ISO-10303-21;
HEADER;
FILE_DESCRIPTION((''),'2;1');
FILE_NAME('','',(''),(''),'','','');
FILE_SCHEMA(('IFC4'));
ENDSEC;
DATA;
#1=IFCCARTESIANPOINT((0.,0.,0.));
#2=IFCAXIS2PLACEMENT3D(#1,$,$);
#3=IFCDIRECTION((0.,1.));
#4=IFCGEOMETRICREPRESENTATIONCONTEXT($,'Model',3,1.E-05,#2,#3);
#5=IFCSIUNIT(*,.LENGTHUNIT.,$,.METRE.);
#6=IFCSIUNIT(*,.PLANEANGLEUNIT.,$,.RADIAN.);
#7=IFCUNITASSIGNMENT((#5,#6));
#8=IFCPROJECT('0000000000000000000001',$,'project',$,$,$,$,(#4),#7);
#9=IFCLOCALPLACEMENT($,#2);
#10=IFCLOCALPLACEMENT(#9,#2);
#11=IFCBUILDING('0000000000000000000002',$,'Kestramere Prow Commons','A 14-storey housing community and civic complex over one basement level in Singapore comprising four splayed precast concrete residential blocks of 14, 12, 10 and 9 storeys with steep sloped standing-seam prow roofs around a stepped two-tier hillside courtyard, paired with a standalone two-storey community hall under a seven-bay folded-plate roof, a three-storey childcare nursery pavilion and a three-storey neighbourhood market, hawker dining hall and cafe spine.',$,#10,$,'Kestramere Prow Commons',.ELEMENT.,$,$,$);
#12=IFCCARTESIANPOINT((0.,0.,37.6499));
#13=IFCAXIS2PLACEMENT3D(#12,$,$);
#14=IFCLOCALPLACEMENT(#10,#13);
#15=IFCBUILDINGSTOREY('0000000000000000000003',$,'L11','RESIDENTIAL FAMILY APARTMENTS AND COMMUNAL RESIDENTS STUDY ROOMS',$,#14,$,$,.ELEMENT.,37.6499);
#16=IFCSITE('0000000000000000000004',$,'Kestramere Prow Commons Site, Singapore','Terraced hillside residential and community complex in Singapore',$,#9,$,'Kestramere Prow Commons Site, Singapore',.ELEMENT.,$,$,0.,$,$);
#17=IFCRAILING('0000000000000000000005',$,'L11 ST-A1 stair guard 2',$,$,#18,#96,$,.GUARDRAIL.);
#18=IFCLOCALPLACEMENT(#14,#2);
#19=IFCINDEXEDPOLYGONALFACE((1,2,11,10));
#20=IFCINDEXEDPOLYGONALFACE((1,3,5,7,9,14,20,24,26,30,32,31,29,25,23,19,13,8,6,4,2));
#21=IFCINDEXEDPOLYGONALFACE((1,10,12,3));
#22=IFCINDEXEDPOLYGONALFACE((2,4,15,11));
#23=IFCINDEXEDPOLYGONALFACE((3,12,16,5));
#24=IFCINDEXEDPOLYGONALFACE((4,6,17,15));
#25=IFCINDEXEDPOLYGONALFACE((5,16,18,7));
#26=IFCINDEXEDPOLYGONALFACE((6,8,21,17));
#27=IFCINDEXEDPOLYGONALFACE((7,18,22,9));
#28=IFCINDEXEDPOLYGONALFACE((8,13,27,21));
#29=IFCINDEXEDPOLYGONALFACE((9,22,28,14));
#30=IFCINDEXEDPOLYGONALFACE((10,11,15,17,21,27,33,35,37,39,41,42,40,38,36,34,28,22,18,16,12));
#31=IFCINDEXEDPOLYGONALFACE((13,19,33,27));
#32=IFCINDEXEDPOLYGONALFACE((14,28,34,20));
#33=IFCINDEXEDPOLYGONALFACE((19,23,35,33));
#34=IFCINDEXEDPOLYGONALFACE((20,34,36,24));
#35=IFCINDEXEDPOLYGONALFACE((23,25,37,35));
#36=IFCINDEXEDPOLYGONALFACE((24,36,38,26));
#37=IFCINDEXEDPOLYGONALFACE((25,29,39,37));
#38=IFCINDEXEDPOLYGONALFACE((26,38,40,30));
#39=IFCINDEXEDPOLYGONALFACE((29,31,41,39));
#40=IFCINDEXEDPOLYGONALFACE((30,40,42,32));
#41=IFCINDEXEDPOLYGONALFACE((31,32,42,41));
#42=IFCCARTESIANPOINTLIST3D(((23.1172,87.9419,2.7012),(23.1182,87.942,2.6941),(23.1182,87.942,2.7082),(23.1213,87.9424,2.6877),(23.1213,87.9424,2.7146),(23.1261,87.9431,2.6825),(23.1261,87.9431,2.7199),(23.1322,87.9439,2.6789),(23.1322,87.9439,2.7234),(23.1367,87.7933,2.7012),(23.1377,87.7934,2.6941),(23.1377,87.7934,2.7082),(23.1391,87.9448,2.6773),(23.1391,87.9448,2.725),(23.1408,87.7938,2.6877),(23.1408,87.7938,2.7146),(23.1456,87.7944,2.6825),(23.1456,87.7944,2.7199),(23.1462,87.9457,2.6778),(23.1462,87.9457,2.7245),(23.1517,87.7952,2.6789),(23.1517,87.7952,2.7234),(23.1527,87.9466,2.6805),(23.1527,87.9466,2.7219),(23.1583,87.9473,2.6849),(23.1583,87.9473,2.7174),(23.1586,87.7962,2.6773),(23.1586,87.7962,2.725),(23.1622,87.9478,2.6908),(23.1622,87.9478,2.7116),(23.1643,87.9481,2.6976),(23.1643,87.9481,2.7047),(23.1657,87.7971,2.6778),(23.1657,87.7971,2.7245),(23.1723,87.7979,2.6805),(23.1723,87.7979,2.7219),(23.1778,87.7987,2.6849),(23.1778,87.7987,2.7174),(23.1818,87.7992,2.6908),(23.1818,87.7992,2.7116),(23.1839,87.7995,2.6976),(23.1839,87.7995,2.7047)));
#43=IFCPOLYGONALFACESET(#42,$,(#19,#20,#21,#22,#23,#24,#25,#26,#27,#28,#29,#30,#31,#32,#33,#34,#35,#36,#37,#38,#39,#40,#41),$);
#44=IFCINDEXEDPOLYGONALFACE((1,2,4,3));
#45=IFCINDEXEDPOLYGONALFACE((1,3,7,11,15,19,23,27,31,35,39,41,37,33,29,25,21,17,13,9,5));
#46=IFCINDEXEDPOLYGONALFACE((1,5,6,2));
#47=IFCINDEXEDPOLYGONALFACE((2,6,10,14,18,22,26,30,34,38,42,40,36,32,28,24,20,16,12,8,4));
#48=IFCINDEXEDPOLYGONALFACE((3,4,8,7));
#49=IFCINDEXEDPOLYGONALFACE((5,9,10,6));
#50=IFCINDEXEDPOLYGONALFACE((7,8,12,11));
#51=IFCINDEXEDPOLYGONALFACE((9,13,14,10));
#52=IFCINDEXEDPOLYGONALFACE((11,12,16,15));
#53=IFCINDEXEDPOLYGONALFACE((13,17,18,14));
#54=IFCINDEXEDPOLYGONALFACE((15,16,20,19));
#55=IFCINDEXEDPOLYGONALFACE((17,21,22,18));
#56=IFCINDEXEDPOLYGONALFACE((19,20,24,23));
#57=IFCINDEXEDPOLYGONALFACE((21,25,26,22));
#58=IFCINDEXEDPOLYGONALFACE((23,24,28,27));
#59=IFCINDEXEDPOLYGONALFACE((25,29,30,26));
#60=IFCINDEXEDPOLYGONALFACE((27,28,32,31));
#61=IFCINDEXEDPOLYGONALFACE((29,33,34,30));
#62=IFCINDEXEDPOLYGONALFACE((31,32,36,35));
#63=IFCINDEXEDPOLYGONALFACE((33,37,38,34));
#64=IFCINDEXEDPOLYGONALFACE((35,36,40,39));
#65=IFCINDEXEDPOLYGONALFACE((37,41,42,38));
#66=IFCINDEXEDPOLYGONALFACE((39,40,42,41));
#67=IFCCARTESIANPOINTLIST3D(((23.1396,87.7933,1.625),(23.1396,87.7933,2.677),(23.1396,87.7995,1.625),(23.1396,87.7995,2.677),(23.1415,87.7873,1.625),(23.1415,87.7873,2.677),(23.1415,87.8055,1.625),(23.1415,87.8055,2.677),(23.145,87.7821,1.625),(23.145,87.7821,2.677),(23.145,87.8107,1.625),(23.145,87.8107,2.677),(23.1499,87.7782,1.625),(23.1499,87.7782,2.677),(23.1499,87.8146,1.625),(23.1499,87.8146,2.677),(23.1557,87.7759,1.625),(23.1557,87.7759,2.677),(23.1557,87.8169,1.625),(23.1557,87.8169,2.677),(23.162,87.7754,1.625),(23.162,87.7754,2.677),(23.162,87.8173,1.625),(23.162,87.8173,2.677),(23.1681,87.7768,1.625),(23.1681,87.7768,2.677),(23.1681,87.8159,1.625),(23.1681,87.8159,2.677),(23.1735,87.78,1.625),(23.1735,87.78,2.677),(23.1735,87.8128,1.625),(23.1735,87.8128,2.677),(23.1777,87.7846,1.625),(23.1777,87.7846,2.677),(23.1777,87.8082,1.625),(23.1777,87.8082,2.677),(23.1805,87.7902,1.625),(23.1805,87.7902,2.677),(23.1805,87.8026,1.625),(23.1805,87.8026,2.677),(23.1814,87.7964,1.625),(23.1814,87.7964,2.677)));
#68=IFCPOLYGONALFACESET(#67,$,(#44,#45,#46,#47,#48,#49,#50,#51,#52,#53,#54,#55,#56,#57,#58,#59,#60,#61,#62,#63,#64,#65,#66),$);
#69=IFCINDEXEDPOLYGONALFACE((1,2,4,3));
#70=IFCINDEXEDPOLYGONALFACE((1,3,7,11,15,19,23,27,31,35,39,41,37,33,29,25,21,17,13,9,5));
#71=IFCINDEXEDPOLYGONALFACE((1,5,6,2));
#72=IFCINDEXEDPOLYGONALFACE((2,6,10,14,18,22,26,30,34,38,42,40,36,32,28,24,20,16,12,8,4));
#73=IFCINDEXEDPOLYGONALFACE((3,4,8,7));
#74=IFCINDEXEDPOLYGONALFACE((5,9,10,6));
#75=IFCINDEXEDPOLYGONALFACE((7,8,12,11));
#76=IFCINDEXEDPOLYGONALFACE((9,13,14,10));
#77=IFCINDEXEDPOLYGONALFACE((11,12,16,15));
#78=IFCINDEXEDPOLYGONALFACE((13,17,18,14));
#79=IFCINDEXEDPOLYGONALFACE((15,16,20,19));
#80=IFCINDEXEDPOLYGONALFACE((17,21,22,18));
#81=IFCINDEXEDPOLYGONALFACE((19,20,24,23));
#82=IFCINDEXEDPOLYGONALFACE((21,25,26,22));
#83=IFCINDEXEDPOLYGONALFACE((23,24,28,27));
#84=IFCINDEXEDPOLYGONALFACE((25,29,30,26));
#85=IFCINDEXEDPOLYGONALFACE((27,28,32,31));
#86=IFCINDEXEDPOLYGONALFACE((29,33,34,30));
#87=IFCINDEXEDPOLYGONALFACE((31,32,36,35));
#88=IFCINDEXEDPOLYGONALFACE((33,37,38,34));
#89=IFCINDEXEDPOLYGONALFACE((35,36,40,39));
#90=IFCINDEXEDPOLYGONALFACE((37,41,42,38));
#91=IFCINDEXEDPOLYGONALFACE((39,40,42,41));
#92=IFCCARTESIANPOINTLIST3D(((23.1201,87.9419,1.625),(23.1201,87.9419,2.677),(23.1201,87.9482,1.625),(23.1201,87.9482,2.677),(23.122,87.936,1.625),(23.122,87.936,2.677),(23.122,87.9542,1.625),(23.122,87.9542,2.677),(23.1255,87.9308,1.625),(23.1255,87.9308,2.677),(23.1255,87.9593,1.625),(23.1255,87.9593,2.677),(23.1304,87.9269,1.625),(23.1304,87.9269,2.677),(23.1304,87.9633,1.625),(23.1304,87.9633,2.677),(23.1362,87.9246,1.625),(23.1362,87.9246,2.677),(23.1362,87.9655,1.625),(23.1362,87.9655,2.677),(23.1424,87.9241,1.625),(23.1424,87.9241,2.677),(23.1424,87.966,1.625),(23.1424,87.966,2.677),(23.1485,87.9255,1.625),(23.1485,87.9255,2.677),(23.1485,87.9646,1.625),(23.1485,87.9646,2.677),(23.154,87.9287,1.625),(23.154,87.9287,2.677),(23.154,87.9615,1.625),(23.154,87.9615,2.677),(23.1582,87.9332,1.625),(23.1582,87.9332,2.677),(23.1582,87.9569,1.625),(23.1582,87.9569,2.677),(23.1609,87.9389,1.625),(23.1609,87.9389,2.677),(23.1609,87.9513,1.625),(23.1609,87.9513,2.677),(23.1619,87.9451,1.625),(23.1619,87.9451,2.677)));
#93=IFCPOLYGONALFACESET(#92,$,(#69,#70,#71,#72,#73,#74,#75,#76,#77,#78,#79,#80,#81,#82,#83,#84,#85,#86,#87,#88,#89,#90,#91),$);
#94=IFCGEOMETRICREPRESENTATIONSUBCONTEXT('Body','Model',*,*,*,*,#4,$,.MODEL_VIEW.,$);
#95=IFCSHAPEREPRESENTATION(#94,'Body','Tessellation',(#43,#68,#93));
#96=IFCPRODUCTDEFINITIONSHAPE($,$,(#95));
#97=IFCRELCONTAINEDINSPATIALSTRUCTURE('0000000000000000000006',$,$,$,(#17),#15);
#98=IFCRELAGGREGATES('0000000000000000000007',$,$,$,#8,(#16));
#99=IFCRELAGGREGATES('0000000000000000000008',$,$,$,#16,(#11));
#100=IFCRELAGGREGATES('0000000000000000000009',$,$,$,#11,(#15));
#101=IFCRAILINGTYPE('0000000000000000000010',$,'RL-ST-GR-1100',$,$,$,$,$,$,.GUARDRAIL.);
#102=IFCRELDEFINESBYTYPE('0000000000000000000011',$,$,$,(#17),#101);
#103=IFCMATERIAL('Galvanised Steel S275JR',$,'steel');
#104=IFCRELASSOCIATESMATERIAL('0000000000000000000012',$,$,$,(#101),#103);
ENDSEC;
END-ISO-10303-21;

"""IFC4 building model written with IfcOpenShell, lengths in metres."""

from ifc_helpers import new_model, si_unit, direction, frame, origin, origin_2d, place, context, subcontext, project, spatial, circle, extrude, material, type_object, element, save


model = new_model("IFC4")

# Units and contexts
model_context = context("Model", 3, precision=1e-05, world=origin(), true_north=direction((0.0, 1.0)))
body_context = subcontext(model_context, "Body", "Model", "MODEL_VIEW")
ifc_project = project(units=[si_unit("LENGTHUNIT", "METRE"), si_unit("PLANEANGLEUNIT", "RADIAN")], contexts=[model_context])

# Site, building, storey
site_placement = place(None, origin())
site = spatial("IfcSite", under=ifc_project, at=site_placement, Name="Kestramere Prow Commons Site, Singapore", Description="Terraced hillside residential and community complex in Singapore", LongName="Kestramere Prow Commons Site, Singapore", CompositionType="ELEMENT", RefElevation=0.0)
building_placement = place(site_placement, origin())
building = spatial("IfcBuilding", under=site, at=building_placement, Name="Kestramere Prow Commons", Description="A 14-storey housing community and civic complex over one basement level in Singapore comprising four splayed precast concrete residential blocks of 14, 12, 10 and 9 storeys with steep sloped standing-seam prow roofs around a stepped two-tier hillside courtyard, paired with a standalone two-storey community hall under a seven-bay folded-plate roof, a three-storey childcare nursery pavilion and a three-storey neighbourhood market, hawker dining hall and cafe spine.", LongName="Kestramere Prow Commons", CompositionType="ELEMENT")
storey_placement = place(building_placement, frame((0.0, 0.0, 37.6499)))
storey = spatial("IfcBuildingStorey", under=building, at=storey_placement, Name="L11", Description="RESIDENTIAL FAMILY APARTMENTS AND COMMUNAL RESIDENTS STUDY ROOMS", CompositionType="ELEMENT", Elevation=37.6499)

# Railing
ifc_material_1 = material(Name="Galvanised Steel S275JR", Category="steel")
railing_type_1 = type_object("IfcRailingType", Name="RL-ST-GR-1100", PredefinedType="GUARDRAIL", material=ifc_material_1)
railing_1_placement = place(storey_placement, frame((23.1604, 87.7964, 1.625)))
element("IfcRailing", 1, at=railing_1_placement, inside=storey, type_object=railing_type_1, Name="L11 ST-A1 stair guard 2", PredefinedType="GUARDRAIL", context=body_context, shape_type="SweptSolid", body=[
    extrude(circle(Radius=0.0239, at=origin_2d()), frame((0.0, 0.0, 1.0762), z_axis=(-0.130244, 0.991482, 0.0), x_axis=(-0.991482, -0.130244, 0.0)), (0.0, 0.0, 1.0), 0.1499),
    extrude(circle(Radius=0.021, at=origin_2d()), origin(), (0.0, 0.0, 1.0), 1.052),
    extrude(circle(Radius=0.021, at=origin_2d()), frame((-0.0195, 0.1487, 0.0)), (0.0, 0.0, 1.0), 1.052),
])

save(model, "model.ifc")
